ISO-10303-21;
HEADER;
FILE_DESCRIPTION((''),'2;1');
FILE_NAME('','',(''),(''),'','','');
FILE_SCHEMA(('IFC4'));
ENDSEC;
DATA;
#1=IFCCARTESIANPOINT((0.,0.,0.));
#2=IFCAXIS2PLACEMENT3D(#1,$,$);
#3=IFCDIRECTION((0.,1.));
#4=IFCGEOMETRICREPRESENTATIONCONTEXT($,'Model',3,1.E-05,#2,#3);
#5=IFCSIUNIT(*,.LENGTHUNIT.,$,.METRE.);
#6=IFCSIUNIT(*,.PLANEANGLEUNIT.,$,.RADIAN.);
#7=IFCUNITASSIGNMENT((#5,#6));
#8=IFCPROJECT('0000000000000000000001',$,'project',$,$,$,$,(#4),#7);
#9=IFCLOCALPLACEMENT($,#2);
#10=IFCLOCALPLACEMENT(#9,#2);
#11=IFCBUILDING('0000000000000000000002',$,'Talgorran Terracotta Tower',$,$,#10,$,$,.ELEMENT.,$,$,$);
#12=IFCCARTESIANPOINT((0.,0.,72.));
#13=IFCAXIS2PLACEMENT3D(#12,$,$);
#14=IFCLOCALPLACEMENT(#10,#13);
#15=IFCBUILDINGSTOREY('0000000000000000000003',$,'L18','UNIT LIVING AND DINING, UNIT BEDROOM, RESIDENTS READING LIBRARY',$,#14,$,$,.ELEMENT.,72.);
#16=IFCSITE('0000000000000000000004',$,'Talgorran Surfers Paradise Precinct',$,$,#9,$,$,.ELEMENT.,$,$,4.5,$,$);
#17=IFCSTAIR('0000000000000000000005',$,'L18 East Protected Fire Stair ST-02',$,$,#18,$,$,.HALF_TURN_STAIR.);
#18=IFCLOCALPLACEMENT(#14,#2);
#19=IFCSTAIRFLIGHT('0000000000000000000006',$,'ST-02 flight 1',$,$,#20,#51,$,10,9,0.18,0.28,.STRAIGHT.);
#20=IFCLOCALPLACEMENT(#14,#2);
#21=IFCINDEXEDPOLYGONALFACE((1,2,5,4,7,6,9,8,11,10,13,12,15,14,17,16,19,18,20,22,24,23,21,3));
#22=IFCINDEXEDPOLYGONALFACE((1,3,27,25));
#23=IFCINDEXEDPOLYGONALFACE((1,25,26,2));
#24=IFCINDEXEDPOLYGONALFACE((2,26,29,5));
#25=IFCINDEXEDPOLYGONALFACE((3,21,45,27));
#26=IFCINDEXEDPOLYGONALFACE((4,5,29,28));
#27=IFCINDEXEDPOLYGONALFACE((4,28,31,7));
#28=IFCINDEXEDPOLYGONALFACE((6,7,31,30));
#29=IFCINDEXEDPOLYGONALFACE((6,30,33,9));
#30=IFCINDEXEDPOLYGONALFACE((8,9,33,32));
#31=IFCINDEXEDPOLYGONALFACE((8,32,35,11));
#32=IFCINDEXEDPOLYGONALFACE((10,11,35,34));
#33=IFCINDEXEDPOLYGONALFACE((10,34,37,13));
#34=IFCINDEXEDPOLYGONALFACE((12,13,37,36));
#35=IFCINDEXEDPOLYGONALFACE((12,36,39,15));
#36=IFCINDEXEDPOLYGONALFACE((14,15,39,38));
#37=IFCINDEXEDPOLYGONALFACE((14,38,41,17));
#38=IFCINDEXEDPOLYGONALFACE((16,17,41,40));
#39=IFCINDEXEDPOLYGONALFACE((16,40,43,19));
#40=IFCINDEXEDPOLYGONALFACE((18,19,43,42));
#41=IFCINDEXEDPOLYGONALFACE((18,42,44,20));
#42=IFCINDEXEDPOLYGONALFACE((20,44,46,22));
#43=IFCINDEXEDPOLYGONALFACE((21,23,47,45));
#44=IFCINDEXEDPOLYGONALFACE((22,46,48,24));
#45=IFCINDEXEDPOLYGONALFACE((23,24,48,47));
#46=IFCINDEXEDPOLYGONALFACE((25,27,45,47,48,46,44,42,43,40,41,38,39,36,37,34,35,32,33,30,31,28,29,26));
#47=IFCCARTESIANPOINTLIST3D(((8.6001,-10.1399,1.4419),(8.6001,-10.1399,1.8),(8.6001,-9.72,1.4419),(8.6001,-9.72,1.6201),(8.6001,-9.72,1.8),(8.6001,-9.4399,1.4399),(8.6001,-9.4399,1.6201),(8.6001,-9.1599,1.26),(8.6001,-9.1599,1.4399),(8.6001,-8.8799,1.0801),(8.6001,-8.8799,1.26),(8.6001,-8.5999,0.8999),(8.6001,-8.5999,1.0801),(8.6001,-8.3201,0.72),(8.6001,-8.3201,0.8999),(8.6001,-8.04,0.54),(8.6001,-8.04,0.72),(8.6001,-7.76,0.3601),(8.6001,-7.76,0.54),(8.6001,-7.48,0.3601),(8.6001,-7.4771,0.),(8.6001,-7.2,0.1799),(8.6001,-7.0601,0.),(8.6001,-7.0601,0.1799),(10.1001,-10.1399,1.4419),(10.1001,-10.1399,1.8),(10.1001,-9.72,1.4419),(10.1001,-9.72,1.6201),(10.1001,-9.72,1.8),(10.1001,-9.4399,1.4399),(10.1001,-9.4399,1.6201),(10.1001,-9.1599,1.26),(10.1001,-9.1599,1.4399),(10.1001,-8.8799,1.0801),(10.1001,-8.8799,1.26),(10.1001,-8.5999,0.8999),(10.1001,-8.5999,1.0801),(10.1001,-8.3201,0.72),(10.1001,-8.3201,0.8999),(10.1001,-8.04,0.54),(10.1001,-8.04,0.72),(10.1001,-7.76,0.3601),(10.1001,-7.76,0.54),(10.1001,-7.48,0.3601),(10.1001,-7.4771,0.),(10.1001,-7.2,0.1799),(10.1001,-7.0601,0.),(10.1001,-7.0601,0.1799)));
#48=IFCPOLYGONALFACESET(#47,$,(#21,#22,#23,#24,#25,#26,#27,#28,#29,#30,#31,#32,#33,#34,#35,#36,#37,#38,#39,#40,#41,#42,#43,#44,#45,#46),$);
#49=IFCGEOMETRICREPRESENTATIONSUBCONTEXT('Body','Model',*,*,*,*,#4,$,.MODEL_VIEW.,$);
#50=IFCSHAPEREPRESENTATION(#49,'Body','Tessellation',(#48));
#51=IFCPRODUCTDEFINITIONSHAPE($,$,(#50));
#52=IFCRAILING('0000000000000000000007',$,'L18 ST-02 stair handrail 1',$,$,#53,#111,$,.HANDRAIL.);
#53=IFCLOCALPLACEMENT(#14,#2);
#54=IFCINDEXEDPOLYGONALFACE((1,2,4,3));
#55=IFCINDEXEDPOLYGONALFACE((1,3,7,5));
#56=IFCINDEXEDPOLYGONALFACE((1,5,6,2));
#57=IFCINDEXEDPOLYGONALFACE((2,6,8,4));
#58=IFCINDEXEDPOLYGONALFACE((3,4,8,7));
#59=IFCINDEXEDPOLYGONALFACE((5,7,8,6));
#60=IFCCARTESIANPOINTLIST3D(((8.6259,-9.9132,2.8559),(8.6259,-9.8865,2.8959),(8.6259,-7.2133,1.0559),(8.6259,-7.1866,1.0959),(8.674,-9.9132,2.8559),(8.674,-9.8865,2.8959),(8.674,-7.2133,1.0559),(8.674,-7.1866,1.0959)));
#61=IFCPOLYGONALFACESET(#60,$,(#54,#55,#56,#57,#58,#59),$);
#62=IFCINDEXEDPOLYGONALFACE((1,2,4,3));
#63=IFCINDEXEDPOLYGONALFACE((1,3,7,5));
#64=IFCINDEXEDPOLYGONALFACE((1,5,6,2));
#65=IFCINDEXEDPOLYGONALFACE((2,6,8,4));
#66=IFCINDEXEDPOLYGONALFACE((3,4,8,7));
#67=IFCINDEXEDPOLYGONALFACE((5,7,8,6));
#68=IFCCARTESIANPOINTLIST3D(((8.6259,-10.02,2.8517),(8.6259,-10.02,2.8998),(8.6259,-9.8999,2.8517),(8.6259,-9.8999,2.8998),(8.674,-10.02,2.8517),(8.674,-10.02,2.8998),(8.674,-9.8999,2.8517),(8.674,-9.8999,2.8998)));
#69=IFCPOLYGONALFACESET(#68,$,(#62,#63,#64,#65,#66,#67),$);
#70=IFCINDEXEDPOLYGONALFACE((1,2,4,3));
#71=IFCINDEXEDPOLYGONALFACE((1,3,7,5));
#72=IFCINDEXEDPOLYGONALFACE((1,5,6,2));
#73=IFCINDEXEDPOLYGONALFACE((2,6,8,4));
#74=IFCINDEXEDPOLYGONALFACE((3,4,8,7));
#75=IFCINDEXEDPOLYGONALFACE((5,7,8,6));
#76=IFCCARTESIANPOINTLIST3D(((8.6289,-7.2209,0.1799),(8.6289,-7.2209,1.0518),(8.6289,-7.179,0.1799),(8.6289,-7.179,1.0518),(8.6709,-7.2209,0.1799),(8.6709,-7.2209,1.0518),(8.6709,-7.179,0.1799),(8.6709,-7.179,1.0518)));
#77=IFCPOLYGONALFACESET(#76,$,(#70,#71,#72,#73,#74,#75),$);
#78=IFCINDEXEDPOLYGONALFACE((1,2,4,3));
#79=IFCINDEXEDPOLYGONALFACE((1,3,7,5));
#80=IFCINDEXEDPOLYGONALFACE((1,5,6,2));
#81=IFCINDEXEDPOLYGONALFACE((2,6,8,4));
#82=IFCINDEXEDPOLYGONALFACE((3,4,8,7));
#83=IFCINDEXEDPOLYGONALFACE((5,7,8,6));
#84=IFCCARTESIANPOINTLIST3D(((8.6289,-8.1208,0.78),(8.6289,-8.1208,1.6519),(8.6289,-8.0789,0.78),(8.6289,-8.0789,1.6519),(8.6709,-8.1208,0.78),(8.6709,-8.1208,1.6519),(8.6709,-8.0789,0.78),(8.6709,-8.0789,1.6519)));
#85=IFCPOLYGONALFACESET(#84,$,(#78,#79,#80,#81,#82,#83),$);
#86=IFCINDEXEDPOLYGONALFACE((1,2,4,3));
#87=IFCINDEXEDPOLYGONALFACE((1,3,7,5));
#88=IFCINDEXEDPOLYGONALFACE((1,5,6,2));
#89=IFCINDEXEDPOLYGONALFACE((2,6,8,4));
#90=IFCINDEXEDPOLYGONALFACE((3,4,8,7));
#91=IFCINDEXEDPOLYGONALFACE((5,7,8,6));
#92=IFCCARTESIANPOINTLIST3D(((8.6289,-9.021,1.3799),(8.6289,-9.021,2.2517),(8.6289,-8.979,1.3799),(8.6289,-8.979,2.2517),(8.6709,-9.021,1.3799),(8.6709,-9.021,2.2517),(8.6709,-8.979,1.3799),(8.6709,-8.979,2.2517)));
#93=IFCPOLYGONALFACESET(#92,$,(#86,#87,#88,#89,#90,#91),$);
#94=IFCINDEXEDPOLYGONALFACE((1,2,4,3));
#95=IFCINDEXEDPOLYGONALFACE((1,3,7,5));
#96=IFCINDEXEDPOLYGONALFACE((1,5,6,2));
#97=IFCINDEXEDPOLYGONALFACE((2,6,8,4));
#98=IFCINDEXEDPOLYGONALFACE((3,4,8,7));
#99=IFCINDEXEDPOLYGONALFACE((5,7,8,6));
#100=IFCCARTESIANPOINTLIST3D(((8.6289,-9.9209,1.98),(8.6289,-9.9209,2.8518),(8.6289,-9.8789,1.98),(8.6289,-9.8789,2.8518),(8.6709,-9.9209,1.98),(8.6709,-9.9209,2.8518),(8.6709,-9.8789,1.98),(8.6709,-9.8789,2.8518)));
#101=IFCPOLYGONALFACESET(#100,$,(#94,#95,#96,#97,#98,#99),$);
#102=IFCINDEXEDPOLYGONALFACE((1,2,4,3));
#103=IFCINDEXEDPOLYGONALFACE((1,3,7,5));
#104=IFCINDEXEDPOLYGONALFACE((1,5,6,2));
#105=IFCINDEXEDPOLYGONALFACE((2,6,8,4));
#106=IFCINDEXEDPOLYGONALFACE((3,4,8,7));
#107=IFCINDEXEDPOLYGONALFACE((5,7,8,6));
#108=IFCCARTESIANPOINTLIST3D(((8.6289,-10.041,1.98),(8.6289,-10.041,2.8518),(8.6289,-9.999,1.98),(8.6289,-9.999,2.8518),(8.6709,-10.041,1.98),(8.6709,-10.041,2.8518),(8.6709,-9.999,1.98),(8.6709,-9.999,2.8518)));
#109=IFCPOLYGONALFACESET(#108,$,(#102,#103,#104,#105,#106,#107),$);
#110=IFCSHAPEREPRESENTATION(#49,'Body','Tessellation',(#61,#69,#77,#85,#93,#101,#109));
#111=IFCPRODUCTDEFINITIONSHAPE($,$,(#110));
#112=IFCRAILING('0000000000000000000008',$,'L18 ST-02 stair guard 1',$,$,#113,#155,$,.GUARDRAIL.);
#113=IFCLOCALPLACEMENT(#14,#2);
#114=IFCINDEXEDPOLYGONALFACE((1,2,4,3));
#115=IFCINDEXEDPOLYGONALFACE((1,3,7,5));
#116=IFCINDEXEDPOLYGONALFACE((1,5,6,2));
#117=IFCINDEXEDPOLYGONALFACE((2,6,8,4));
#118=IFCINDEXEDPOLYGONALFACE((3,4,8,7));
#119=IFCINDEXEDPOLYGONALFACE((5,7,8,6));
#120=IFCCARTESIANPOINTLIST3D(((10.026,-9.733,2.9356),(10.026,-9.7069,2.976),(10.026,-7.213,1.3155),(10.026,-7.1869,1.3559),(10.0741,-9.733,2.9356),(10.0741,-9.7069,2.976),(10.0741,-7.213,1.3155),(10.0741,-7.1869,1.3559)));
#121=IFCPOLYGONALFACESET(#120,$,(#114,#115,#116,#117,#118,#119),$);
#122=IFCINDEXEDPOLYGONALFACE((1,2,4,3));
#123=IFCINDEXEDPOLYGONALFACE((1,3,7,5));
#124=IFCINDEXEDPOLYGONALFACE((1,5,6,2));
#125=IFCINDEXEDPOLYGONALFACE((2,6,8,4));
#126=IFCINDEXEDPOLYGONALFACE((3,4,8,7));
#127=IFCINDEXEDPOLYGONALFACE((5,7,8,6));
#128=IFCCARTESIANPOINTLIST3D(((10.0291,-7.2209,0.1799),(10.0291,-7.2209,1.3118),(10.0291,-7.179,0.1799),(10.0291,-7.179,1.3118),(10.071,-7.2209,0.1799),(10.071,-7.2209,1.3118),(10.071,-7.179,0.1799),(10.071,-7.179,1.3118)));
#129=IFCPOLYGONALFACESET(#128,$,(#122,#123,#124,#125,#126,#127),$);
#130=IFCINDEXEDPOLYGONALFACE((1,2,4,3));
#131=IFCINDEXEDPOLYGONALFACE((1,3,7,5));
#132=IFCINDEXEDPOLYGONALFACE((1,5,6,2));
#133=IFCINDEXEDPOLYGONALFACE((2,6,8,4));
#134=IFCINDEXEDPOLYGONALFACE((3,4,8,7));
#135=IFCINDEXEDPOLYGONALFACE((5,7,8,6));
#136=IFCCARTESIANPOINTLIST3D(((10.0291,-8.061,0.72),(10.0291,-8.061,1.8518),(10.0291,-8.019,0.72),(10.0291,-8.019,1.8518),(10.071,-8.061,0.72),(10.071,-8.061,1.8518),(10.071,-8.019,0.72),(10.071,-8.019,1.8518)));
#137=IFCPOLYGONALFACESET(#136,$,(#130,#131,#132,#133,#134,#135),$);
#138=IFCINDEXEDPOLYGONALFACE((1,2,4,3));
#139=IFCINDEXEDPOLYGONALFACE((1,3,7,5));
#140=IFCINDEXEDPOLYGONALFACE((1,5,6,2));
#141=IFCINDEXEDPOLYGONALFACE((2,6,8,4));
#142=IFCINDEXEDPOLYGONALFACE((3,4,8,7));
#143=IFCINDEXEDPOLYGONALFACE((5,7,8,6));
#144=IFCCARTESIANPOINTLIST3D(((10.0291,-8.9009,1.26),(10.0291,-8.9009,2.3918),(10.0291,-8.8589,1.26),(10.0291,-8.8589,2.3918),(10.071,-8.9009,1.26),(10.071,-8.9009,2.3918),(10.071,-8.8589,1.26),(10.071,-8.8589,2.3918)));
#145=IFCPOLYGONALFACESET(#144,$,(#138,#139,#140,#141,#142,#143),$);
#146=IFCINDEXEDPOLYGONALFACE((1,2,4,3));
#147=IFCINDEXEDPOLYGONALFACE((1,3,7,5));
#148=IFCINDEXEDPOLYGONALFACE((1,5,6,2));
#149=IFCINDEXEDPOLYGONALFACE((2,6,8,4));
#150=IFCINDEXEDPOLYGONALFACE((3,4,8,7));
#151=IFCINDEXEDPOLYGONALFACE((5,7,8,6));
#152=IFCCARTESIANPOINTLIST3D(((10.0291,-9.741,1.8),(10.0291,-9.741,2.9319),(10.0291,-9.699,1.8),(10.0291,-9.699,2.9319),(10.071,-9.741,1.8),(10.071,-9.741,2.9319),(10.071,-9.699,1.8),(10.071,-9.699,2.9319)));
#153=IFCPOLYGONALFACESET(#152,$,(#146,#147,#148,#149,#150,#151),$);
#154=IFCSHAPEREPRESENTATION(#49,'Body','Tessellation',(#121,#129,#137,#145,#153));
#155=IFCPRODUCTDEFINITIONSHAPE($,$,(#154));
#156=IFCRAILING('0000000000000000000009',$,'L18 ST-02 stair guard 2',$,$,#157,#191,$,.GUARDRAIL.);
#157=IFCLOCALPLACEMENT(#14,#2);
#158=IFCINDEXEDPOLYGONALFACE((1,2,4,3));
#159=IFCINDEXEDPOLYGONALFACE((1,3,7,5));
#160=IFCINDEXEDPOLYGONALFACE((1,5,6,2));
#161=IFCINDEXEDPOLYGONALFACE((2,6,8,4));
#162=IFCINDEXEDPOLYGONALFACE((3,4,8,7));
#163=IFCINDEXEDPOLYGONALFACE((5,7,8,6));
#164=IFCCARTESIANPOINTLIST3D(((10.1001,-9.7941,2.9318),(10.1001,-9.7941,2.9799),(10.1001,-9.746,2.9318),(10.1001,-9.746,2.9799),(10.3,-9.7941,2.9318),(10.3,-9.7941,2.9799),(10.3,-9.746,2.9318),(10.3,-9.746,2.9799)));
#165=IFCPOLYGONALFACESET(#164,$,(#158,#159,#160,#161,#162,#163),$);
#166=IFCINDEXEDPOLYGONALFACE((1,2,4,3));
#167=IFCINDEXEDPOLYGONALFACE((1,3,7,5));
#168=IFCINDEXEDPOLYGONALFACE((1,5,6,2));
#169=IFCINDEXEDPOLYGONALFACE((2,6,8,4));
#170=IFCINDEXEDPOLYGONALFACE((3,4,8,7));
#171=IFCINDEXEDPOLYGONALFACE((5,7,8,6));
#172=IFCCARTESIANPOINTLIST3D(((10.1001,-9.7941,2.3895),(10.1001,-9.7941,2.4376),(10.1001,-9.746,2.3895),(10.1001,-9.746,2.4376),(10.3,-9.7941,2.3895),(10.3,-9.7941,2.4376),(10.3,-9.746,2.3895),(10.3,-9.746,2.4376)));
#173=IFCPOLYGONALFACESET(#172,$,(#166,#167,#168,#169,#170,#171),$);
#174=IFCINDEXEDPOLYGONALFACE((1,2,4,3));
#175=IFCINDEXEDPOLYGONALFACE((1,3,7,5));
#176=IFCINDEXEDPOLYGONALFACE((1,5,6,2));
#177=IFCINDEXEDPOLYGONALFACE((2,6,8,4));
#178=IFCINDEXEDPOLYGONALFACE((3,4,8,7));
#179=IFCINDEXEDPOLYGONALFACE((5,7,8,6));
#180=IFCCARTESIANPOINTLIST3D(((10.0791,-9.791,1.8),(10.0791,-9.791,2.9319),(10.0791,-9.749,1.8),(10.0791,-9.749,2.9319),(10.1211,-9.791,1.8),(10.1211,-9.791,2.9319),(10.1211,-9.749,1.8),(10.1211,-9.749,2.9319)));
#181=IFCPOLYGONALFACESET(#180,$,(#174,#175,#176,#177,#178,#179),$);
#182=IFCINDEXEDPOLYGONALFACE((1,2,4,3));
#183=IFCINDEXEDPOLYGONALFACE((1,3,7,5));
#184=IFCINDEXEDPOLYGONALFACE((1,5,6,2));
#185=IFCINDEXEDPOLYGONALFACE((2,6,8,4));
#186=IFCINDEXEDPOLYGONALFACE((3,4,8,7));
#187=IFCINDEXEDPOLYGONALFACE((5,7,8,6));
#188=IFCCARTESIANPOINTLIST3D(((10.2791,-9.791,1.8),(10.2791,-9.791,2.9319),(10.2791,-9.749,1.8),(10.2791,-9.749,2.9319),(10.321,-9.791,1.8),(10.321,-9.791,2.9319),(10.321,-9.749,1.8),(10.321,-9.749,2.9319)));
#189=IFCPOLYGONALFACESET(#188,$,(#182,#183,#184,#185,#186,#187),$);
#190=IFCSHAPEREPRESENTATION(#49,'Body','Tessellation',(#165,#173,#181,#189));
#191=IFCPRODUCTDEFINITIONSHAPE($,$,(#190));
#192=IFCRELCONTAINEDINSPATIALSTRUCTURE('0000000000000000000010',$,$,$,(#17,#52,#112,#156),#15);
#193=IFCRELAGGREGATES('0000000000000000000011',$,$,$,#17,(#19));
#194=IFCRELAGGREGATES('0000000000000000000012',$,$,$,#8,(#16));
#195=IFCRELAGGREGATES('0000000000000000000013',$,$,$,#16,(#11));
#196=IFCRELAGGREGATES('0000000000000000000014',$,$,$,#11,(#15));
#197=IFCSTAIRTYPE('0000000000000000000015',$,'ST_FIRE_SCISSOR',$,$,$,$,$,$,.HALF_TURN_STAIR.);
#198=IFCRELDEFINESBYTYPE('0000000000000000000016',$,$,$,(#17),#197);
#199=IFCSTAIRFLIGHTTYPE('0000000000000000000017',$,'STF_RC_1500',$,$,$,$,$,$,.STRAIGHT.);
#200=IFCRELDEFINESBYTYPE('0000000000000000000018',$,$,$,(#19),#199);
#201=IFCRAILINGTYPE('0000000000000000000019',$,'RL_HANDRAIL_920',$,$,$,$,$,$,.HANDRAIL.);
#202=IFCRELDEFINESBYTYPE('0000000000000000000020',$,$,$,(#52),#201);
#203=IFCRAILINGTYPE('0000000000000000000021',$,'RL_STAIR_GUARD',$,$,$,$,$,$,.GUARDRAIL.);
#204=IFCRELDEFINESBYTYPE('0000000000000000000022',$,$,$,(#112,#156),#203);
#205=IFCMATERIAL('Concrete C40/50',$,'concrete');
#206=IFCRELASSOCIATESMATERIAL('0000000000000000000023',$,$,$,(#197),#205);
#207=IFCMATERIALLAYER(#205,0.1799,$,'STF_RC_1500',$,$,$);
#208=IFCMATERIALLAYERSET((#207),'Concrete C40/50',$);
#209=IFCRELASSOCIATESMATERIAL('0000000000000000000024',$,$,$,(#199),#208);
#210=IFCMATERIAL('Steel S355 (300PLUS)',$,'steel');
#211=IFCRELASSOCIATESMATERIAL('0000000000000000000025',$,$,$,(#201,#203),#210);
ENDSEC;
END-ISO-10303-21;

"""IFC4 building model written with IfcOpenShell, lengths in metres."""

from ifc_helpers import new_model, si_unit, direction, frame, origin, origin_2d, place, context, subcontext, project, spatial, polyline, rectangle, outline, extrude, material, layer, layer_set, type_object, element, aggregate, save


model = new_model("IFC4")

# Units and contexts
model_context = context("Model", 3, precision=1e-05, world=origin(), true_north=direction((0.0, 1.0)))
body_context = subcontext(model_context, "Body", "Model", "MODEL_VIEW")
ifc_project = project(units=[si_unit("LENGTHUNIT", "METRE"), si_unit("PLANEANGLEUNIT", "RADIAN")], contexts=[model_context])

# Site, building, storey
site_placement = place(None, origin())
site = spatial("IfcSite", under=ifc_project, at=site_placement, Name="Talgorran Surfers Paradise Precinct", CompositionType="ELEMENT", RefElevation=4.5)
building_placement = place(site_placement, origin())
building = spatial("IfcBuilding", under=site, at=building_placement, Name="Talgorran Terracotta Tower", CompositionType="ELEMENT")
storey_placement = place(building_placement, frame((0.0, 0.0, 72.0)))
storey = spatial("IfcBuildingStorey", under=building, at=storey_placement, Name="L18", Description="UNIT LIVING AND DINING, UNIT BEDROOM, RESIDENTS READING LIBRARY", CompositionType="ELEMENT", Elevation=72.0)

# Shared definitions
ifc_material_1 = material(Name="Steel S355 (300PLUS)", Category="steel")

# Stair, stair flight
ifc_material_2 = material(Name="Concrete C40/50", Category="concrete")
stair_type = type_object("IfcStairType", Name="ST_FIRE_SCISSOR", PredefinedType="HALF_TURN_STAIR", material=ifc_material_2)
stair_placement = place(storey_placement, origin())
stair = element("IfcStair", 1, at=stair_placement, inside=storey, type_object=stair_type, Name="L18 East Protected Fire Stair ST-02", PredefinedType="HALF_TURN_STAIR")
ifc_layer_1 = layer(ifc_material_2, 0.1799, Name="STF_RC_1500")
ifc_layer_set_1 = layer_set([ifc_layer_1], Name="Concrete C40/50")
stair_flight_type = type_object("IfcStairFlightType", Name="STF_RC_1500", PredefinedType="STRAIGHT", material=ifc_layer_set_1)
stair_flight_placement = place(storey_placement, frame((9.3501, -7.2, 0.0), z_axis=(0.0, 0.0, 1.0), x_axis=(0.0, -1.0, 0.0)))
stair_flight = element("IfcStairFlight", 2, at=stair_flight_placement, type_object=stair_flight_type, Name="ST-02 flight 1", NumberOfRisers=10, NumberOfTreads=9, PredefinedType="STRAIGHT", RiserHeight=0.18, TreadLength=0.28, context=body_context, shape_type="SweptSolid", body=[
    extrude(outline(polyline([(-0.1399, 0.0), (-0.1399, 0.1799), (0.0, 0.1799), (0.28, 0.3601), (0.5601, 0.3601), (0.5601, 0.54), (0.8401, 0.54), (0.8401, 0.72), (1.1201, 0.72), (1.1201, 0.8999), (1.3999, 0.8999), (1.3999, 1.0801), (1.6799, 1.0801), (1.6799, 1.26), (1.96, 1.26), (1.96, 1.4399), (2.24, 1.4399), (2.24, 1.6201), (2.52, 1.6201), (2.52, 1.8), (2.9399, 1.8), (2.9399, 1.4419), (2.52, 1.4419), (0.2771, 0.0), (-0.1399, 0.0)])), frame((0.0, 0.75, 0.0), z_axis=(0.0, -1.0, 0.0), x_axis=(1.0, 0.0, 0.0)), (0.0, 0.0, 1.0), 1.5),
])
aggregate(stair, [stair_flight])

# Railings
railing_type_1 = type_object("IfcRailingType", Name="RL_HANDRAIL_920", PredefinedType="HANDRAIL", material=ifc_material_1)
railing_1_placement = place(storey_placement, frame((8.6499, -7.2, 0.1799)))
element("IfcRailing", 3, at=railing_1_placement, inside=storey, type_object=railing_type_1, Name="L18 ST-02 stair handrail 1", PredefinedType="HANDRAIL", context=body_context, shape_type="SweptSolid", body=[
    extrude(rectangle(XDim=0.0481, YDim=0.0481, at=origin_2d()), frame((0.0, 0.0, 0.896), z_axis=(0.0, -0.832039, 0.554718), x_axis=(1.0, 0.0, 0.0)), (0.0, 0.0, 1.0), 3.2449),
    extrude(rectangle(XDim=0.0481, YDim=0.0481, at=origin_2d()), frame((0.0, -2.7, 2.6958), z_axis=(0.0, -1.0, 0.0), x_axis=(1.0, 0.0, 0.0)), (0.0, 0.0, 1.0), 0.1201),
    extrude(rectangle(XDim=0.042, YDim=0.042, at=origin_2d()), origin(), (0.0, 0.0, 1.0), 0.8718),
    extrude(rectangle(XDim=0.042, YDim=0.042, at=origin_2d()), frame((0.0, -0.8999, 0.6001)), (0.0, 0.0, 1.0), 0.8718),
    extrude(rectangle(XDim=0.042, YDim=0.042, at=origin_2d()), frame((0.0, -1.8, 1.2)), (0.0, 0.0, 1.0), 0.8718),
    extrude(rectangle(XDim=0.042, YDim=0.042, at=origin_2d()), frame((0.0, -2.7, 1.8)), (0.0, 0.0, 1.0), 0.8718),
    extrude(rectangle(XDim=0.042, YDim=0.042, at=origin_2d()), frame((0.0, -2.8201, 1.8)), (0.0, 0.0, 1.0), 0.8718),
])
railing_type_2 = type_object("IfcRailingType", Name="RL_STAIR_GUARD", PredefinedType="GUARDRAIL", material=ifc_material_1)
railing_2_placement = place(storey_placement, frame((10.05, -7.2, 0.1799)))
element("IfcRailing", 4, at=railing_2_placement, inside=storey, type_object=railing_type_2, Name="L18 ST-02 stair guard 1", PredefinedType="GUARDRAIL", context=body_context, shape_type="SweptSolid", body=[
    extrude(rectangle(XDim=0.0481, YDim=0.0481, at=origin_2d()), frame((0.0, 0.0, 1.1558), z_axis=(0.0, -0.841163, 0.540782), x_axis=(1.0, 0.0, 0.0)), (0.0, 0.0, 1.0), 2.9958),
    extrude(rectangle(XDim=0.042, YDim=0.042, at=origin_2d()), origin(), (0.0, 0.0, 1.0), 1.1318),
    extrude(rectangle(XDim=0.042, YDim=0.042, at=origin_2d()), frame((0.0, -0.8401, 0.54)), (0.0, 0.0, 1.0), 1.1318),
    extrude(rectangle(XDim=0.042, YDim=0.042, at=origin_2d()), frame((0.0, -1.6799, 1.0801)), (0.0, 0.0, 1.0), 1.1318),
    extrude(rectangle(XDim=0.042, YDim=0.042, at=origin_2d()), frame((0.0, -2.52, 1.6201)), (0.0, 0.0, 1.0), 1.1318),
])
railing_3_placement = place(storey_placement, frame((10.1001, -9.77, 1.8)))
element("IfcRailing", 5, at=railing_3_placement, inside=storey, type_object=railing_type_2, Name="L18 ST-02 stair guard 2", PredefinedType="GUARDRAIL", context=body_context, shape_type="SweptSolid", body=[
    extrude(rectangle(XDim=0.0481, YDim=0.0481, at=origin_2d()), frame((0.0, 0.0, 1.1558), z_axis=(1.0, 0.0, 0.0), x_axis=(0.0, 1.0, 0.0)), (0.0, 0.0, 1.0), 0.2),
    extrude(rectangle(XDim=0.0481, YDim=0.0481, at=origin_2d()), frame((0.0, 0.0, 0.6135), z_axis=(1.0, 0.0, 0.0), x_axis=(0.0, 1.0, 0.0)), (0.0, 0.0, 1.0), 0.2),
    extrude(rectangle(XDim=0.042, YDim=0.042, at=origin_2d()), origin(), (0.0, 0.0, 1.0), 1.1318),
    extrude(rectangle(XDim=0.042, YDim=0.042, at=origin_2d()), frame((0.2, 0.0, 0.0)), (0.0, 0.0, 1.0), 1.1318),
])

save(model, "model.ifc")
